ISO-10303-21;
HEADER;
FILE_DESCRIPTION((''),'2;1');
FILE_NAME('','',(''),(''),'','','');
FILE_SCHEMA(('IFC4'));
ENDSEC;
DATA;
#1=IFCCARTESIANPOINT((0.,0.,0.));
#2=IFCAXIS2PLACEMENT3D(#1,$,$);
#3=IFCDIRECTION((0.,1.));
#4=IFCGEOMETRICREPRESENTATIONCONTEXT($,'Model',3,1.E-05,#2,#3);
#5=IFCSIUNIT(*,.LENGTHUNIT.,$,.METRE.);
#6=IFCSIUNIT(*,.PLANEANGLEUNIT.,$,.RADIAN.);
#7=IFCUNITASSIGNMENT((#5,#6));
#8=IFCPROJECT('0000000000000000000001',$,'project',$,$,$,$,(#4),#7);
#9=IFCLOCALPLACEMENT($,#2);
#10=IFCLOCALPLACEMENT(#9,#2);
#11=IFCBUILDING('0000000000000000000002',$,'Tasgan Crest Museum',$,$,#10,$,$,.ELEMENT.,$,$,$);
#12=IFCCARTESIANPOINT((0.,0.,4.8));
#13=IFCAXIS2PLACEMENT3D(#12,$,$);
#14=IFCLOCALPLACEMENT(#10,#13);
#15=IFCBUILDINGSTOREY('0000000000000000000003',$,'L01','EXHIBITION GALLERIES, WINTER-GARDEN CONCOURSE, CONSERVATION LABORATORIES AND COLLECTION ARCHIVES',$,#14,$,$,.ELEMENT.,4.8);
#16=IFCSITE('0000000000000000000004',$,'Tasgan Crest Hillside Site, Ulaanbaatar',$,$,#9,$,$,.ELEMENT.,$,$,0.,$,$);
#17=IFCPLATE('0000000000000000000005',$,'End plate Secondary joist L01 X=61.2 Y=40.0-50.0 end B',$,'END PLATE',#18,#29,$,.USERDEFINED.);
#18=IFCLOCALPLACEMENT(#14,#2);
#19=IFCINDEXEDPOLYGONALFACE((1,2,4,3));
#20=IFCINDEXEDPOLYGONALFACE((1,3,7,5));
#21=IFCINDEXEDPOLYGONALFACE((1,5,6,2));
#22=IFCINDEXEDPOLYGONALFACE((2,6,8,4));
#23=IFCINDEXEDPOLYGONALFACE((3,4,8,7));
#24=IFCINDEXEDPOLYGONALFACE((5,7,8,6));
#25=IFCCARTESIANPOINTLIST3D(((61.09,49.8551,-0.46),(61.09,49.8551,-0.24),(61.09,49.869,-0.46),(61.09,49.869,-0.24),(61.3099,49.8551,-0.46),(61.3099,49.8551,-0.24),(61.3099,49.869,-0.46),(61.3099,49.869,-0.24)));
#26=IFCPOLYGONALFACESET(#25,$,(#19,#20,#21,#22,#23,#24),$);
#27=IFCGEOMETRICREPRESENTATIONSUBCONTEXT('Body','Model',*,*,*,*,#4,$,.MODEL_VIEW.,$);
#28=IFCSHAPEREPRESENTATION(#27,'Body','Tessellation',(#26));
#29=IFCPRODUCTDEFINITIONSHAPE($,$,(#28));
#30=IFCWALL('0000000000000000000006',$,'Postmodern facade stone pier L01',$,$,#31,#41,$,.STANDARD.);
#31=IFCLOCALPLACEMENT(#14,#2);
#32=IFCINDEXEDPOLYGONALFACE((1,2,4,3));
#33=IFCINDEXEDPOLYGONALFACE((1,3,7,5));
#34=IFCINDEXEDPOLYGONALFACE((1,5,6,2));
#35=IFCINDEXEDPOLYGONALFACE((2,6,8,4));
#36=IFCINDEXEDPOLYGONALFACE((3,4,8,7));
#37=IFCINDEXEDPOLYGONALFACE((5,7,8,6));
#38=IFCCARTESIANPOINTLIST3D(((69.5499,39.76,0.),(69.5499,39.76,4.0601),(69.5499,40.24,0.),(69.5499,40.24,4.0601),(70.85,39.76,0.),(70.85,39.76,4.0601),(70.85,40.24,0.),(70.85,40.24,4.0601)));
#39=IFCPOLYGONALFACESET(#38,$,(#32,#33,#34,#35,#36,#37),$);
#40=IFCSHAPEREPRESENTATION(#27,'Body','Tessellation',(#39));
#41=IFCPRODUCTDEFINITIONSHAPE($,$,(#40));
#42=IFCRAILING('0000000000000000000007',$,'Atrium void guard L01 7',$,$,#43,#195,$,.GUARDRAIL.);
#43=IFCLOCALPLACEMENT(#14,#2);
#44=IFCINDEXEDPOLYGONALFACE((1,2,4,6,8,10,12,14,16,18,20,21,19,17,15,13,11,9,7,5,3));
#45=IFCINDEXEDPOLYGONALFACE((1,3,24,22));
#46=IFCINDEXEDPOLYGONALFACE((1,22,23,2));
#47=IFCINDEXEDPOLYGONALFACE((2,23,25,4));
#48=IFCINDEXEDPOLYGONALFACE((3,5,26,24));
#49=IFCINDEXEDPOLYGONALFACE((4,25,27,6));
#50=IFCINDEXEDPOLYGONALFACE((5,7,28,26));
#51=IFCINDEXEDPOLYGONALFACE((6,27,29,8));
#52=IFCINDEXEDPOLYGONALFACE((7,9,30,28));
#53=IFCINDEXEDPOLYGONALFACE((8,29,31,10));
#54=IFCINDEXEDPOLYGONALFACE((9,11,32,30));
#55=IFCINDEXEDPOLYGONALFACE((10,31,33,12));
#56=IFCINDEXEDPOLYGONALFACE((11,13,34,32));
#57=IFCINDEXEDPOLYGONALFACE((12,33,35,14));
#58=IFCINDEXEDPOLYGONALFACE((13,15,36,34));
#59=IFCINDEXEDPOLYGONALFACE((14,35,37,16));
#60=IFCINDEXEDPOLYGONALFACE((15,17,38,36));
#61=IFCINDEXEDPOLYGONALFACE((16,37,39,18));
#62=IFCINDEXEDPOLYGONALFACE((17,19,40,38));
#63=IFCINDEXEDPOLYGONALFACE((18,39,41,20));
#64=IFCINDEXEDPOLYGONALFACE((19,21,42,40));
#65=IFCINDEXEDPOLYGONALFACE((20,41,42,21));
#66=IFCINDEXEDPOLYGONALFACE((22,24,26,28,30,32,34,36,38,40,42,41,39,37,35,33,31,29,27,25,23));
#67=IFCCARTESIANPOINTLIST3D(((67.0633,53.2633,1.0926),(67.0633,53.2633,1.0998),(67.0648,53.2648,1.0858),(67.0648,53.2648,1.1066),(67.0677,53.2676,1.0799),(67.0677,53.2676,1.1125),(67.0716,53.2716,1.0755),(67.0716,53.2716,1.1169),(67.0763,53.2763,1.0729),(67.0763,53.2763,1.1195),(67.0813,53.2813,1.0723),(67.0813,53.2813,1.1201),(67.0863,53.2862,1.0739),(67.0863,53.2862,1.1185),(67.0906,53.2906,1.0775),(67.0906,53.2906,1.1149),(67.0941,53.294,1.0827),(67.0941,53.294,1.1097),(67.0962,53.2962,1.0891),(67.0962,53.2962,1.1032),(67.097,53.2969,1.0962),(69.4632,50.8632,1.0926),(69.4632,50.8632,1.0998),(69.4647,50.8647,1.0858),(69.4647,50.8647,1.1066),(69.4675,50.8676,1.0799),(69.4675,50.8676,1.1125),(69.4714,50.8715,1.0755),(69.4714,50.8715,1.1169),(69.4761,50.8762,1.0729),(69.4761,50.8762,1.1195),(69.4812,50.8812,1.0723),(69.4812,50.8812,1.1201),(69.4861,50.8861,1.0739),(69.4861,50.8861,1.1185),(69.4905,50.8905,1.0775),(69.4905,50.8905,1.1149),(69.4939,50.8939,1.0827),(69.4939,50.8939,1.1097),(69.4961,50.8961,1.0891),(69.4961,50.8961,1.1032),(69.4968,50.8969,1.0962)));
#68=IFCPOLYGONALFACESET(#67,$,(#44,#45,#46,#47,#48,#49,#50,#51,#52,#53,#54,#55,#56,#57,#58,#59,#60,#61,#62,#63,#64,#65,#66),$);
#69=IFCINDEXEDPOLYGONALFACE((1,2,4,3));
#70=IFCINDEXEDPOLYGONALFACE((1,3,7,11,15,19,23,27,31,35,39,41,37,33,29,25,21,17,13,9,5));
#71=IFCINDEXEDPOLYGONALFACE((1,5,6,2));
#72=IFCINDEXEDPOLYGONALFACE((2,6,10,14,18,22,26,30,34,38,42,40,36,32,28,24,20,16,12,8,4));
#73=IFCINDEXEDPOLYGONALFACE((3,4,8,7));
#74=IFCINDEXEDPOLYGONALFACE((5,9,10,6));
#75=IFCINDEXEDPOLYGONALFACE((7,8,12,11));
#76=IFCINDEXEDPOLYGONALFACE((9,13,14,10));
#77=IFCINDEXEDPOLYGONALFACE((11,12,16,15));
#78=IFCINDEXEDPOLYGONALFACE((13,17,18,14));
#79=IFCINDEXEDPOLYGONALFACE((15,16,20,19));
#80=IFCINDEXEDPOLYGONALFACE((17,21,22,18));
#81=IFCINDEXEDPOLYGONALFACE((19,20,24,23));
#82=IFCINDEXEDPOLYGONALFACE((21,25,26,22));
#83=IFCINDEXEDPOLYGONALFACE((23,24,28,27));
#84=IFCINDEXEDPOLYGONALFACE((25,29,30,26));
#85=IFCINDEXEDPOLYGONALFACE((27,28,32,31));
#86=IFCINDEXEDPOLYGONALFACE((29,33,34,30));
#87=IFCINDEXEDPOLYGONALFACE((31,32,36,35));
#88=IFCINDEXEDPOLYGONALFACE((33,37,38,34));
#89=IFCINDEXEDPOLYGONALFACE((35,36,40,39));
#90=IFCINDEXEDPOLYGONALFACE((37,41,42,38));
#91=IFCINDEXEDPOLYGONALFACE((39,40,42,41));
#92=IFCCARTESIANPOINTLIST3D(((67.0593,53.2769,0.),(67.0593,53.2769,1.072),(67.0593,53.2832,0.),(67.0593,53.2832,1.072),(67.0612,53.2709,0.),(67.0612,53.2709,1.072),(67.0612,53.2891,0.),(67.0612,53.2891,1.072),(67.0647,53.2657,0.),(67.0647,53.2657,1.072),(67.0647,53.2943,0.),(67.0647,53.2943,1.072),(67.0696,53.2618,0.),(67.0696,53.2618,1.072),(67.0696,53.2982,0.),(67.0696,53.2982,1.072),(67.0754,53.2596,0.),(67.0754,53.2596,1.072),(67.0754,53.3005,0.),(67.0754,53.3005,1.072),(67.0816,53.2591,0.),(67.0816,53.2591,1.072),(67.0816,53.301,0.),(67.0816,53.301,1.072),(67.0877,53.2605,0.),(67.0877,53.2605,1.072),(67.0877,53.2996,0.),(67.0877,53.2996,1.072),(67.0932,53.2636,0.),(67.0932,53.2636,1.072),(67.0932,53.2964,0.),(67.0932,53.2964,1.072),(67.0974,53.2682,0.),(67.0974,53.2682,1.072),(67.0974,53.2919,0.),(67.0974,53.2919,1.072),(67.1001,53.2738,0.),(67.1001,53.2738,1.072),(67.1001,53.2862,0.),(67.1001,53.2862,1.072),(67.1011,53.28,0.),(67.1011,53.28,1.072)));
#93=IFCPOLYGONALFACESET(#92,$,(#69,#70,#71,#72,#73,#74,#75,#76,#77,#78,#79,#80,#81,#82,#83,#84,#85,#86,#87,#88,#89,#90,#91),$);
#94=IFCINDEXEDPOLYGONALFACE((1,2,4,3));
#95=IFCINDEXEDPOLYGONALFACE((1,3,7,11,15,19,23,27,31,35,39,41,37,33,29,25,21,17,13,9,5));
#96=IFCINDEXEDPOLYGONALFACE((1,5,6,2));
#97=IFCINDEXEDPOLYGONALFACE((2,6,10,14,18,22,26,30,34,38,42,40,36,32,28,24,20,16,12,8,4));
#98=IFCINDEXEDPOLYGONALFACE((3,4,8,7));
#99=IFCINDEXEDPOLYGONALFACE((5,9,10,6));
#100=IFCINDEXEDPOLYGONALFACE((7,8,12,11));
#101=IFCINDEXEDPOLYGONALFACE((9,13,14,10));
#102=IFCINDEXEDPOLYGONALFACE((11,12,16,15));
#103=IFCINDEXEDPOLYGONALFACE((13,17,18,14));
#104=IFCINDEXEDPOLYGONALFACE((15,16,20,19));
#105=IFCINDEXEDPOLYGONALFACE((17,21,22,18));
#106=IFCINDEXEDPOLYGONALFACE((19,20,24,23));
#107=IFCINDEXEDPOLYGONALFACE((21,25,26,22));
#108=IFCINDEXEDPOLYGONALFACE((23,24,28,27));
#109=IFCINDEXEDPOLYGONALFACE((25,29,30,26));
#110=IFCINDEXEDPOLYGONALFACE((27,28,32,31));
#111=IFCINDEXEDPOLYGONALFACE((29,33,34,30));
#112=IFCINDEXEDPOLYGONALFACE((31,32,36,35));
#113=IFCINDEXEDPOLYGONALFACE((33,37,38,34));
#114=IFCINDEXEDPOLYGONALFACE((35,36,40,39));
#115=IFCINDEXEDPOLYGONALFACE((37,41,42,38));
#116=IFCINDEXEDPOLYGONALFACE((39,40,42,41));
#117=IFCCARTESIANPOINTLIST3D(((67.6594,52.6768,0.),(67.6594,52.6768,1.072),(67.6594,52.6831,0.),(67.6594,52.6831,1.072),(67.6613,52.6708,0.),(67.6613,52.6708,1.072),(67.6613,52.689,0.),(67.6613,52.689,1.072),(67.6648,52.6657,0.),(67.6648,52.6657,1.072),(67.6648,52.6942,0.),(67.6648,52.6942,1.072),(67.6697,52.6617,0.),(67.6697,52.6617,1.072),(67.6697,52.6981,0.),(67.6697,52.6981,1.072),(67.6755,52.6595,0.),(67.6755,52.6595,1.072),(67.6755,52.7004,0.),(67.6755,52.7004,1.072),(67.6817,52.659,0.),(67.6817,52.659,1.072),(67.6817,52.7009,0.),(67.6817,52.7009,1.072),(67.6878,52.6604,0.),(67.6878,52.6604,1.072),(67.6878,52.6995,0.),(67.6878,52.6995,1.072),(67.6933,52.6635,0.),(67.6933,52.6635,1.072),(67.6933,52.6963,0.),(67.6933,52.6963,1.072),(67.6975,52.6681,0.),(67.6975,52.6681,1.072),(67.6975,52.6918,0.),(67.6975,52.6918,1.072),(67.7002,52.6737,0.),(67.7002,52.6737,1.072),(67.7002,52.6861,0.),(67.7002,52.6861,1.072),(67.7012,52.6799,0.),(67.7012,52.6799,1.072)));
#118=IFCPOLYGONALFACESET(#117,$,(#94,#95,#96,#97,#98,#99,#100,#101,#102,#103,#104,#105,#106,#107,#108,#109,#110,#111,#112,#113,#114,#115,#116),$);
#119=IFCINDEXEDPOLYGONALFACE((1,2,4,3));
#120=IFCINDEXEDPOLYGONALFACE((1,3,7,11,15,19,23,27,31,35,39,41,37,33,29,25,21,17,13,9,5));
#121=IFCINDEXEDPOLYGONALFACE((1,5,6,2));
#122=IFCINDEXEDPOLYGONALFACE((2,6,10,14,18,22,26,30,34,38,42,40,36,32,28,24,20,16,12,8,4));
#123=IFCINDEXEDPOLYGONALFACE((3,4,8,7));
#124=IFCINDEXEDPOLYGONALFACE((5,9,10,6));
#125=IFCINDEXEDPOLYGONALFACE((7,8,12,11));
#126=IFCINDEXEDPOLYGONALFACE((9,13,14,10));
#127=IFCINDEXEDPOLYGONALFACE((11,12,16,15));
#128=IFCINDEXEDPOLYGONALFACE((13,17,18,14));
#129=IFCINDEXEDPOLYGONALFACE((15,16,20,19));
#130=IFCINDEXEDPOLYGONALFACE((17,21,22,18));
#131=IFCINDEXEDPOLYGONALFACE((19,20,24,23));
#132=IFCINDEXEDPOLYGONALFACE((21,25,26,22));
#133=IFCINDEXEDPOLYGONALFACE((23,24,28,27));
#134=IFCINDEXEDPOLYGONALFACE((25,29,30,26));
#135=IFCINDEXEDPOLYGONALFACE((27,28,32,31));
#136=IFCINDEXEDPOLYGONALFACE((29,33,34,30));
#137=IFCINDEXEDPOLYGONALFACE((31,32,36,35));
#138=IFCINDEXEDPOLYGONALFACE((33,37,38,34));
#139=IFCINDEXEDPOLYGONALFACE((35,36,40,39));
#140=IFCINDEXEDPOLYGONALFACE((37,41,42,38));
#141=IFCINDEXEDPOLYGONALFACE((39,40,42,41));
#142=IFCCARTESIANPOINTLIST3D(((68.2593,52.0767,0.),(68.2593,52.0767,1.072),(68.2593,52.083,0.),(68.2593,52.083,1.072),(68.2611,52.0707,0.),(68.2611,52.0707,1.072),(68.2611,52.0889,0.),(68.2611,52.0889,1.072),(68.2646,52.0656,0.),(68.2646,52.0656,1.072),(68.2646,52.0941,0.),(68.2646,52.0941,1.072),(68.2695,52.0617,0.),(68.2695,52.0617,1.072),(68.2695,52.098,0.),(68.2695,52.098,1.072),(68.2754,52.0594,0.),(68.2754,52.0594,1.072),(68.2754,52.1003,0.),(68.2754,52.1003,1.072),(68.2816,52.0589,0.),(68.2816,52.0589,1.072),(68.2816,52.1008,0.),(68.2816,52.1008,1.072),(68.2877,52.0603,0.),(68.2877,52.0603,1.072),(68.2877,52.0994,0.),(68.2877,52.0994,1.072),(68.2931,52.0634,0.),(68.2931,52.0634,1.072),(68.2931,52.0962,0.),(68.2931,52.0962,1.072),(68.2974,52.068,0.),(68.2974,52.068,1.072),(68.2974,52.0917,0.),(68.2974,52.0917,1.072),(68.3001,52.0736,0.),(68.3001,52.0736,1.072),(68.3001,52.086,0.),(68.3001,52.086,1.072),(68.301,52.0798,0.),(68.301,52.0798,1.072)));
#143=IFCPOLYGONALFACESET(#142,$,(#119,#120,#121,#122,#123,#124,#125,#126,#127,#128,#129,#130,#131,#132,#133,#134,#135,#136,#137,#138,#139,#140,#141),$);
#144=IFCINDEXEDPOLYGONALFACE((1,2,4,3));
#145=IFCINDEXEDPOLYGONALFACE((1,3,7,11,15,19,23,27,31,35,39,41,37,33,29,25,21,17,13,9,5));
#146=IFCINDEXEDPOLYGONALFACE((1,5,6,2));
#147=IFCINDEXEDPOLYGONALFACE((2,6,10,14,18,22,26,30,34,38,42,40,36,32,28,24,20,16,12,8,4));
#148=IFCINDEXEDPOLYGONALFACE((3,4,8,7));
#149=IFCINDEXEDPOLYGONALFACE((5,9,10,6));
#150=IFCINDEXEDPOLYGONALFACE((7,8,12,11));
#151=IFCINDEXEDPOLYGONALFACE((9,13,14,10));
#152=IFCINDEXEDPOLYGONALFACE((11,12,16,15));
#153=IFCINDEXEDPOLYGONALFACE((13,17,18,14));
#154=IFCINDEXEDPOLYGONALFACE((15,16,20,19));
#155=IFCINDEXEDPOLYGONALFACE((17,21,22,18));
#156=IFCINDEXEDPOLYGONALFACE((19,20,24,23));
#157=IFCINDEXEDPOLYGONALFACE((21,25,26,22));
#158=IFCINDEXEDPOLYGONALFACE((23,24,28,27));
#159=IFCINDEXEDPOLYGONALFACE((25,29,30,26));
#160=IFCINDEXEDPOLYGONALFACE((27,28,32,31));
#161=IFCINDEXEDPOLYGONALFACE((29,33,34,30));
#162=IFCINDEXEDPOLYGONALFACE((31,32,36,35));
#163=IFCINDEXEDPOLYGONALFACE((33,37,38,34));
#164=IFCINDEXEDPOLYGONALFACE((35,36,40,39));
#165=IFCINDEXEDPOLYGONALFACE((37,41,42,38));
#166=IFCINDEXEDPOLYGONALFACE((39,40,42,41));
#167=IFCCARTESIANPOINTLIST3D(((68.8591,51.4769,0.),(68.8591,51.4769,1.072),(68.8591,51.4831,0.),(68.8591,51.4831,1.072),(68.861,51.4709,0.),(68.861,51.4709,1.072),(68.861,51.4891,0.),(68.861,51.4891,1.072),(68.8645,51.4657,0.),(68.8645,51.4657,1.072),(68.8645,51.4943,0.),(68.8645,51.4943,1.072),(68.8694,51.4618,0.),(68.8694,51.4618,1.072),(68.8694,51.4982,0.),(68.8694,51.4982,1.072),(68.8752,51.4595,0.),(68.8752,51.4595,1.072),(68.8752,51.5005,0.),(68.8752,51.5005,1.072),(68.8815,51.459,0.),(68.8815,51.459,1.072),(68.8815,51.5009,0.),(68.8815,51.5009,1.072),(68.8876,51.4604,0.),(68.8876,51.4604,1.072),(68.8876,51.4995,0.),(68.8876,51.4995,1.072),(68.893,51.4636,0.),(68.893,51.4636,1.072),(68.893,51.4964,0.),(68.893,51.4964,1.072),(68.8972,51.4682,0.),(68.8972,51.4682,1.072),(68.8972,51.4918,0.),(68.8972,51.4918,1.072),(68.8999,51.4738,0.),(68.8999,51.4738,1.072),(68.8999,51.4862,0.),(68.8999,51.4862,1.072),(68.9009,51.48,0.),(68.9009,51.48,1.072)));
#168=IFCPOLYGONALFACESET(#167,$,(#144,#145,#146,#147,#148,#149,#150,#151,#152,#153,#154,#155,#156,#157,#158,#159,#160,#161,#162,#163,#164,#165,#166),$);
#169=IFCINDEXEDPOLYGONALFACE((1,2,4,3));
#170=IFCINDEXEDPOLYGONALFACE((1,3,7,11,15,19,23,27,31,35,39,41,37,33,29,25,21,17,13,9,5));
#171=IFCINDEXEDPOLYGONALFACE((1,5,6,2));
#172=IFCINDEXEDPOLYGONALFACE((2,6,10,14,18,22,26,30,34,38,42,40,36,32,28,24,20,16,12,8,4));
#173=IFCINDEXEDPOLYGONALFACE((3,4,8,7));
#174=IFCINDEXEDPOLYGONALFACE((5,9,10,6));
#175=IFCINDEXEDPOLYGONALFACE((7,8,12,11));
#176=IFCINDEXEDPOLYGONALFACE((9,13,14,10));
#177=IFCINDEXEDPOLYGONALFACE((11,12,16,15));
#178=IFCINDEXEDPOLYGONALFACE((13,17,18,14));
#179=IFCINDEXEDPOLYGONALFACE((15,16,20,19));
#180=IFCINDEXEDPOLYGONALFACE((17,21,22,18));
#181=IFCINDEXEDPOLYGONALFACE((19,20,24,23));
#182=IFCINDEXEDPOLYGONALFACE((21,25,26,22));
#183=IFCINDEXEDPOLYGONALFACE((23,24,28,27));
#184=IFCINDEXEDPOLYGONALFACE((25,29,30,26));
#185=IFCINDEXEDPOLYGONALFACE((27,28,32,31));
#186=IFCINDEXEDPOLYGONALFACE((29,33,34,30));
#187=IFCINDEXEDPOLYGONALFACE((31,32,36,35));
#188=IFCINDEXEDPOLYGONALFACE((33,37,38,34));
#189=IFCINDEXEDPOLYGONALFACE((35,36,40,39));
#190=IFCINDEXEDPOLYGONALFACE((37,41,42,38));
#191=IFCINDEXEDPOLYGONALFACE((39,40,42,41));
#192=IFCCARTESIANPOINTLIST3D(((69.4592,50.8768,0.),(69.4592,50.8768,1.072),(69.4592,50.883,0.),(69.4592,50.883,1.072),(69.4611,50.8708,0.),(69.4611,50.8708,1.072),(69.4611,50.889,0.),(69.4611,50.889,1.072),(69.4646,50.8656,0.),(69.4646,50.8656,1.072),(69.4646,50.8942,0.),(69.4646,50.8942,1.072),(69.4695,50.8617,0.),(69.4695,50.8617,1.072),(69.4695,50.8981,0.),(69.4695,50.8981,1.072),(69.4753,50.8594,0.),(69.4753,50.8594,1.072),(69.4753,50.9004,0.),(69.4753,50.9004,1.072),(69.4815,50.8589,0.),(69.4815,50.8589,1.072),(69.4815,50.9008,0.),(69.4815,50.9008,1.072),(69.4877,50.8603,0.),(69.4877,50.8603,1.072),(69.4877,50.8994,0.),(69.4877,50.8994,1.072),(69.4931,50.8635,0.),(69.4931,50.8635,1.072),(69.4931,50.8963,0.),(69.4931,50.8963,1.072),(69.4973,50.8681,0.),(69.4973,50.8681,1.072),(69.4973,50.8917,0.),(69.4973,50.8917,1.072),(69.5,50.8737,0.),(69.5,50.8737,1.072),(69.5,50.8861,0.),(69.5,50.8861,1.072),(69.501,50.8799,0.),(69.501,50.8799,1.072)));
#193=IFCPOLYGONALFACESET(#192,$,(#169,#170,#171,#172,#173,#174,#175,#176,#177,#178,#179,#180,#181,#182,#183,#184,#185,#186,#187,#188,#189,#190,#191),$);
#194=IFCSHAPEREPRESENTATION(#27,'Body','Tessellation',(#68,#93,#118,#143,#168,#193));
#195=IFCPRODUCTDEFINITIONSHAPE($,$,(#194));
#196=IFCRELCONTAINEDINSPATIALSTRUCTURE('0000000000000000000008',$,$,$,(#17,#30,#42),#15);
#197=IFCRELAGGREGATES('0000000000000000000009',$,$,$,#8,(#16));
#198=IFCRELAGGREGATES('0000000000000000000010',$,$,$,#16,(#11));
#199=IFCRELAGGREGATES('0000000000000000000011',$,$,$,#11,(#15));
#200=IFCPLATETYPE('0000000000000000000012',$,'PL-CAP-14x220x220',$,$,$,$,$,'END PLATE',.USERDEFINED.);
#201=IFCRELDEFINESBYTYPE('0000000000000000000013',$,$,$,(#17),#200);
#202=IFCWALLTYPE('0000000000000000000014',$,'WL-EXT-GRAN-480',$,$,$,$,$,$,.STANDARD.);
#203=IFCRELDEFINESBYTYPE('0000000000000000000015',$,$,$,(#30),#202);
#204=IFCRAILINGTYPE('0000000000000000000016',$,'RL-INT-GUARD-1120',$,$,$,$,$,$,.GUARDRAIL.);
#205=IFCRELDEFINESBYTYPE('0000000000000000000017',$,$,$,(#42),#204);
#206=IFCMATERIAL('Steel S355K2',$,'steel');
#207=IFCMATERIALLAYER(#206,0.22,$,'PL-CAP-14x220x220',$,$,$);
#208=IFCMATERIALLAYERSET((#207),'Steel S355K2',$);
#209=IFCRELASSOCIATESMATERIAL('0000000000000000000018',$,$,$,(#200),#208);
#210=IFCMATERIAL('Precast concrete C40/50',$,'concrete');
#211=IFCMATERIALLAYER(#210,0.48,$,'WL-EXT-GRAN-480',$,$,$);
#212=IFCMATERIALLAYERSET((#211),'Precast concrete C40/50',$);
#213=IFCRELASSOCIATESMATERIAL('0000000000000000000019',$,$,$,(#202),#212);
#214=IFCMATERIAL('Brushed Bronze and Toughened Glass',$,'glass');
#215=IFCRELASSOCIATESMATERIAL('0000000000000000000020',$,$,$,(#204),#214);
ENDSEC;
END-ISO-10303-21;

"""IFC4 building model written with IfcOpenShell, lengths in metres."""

from ifc_helpers import new_model, si_unit, direction, frame, frame_2d, origin, origin_2d, place, context, subcontext, project, spatial, rectangle, circle, extrude, material, layer, layer_set, type_object, element, save


model = new_model("IFC4")

# Units and contexts
model_context = context("Model", 3, precision=1e-05, world=origin(), true_north=direction((0.0, 1.0)))
body_context = subcontext(model_context, "Body", "Model", "MODEL_VIEW")
ifc_project = project(units=[si_unit("LENGTHUNIT", "METRE"), si_unit("PLANEANGLEUNIT", "RADIAN")], contexts=[model_context])

# Site, building, storey
site_placement = place(None, origin())
site = spatial("IfcSite", under=ifc_project, at=site_placement, Name="Tasgan Crest Hillside Site, Ulaanbaatar", CompositionType="ELEMENT", RefElevation=0.0)
building_placement = place(site_placement, origin())
building = spatial("IfcBuilding", under=site, at=building_placement, Name="Tasgan Crest Museum", CompositionType="ELEMENT")
storey_placement = place(building_placement, frame((0.0, 0.0, 4.8)))
storey = spatial("IfcBuildingStorey", under=building, at=storey_placement, Name="L01", Description="EXHIBITION GALLERIES, WINTER-GARDEN CONCOURSE, CONSERVATION LABORATORIES AND COLLECTION ARCHIVES", CompositionType="ELEMENT", Elevation=4.8)

# Plate
ifc_material_1 = material(Name="Steel S355K2", Category="steel")
ifc_layer_1 = layer(ifc_material_1, 0.22, Name="PL-CAP-14x220x220")
ifc_layer_set_1 = layer_set([ifc_layer_1], Name="Steel S355K2")
plate_type_1 = type_object("IfcPlateType", Name="PL-CAP-14x220x220", ElementType="END PLATE", PredefinedType="USERDEFINED", material=ifc_layer_set_1)
plate_1_placement = place(storey_placement, frame((61.2, 49.8621, -0.46), z_axis=(0.0, 0.0, 1.0), x_axis=(0.0, 1.0, 0.0)))
element("IfcPlate", 1, at=plate_1_placement, inside=storey, type_object=plate_type_1, Name="End plate Secondary joist L01 X=61.2 Y=40.0-50.0 end B", ObjectType="END PLATE", PredefinedType="USERDEFINED", context=body_context, shape_type="SweptSolid", body=[
    extrude(rectangle(XDim=0.0139, YDim=0.22, at=origin_2d()), origin(), (0.0, 0.0, 1.0), 0.22),
])

# Wall
ifc_material_2 = material(Name="Precast concrete C40/50", Category="concrete")
ifc_layer_2 = layer(ifc_material_2, 0.48, Name="WL-EXT-GRAN-480")
ifc_layer_set_2 = layer_set([ifc_layer_2], Name="Precast concrete C40/50")
wall_type = type_object("IfcWallType", Name="WL-EXT-GRAN-480", PredefinedType="STANDARD", material=ifc_layer_set_2)
wall_placement = place(storey_placement, frame((69.55, 40.0, 0.0), z_axis=(0.0, 0.0, 1.0), x_axis=(1.0, 0.0, 0.0)))
element("IfcWall", 2, at=wall_placement, inside=storey, type_object=wall_type, Name="Postmodern facade stone pier L01", PredefinedType="STANDARD", context=body_context, shape_type="SweptSolid", body=[
    extrude(rectangle(XDim=1.3, YDim=0.48, at=frame_2d((0.6499, 0.0))), origin(), (0.0, 0.0, 1.0), 4.0601),
])

# Railing
ifc_material_3 = material(Name="Brushed Bronze and Toughened Glass", Category="glass")
railing_type = type_object("IfcRailingType", Name="RL-INT-GUARD-1120", PredefinedType="GUARDRAIL", material=ifc_material_3)
railing_1_placement = place(storey_placement, frame((67.0801, 53.28, 0.0)))
element("IfcRailing", 3, at=railing_1_placement, inside=storey, type_object=railing_type, Name="Atrium void guard L01 7", PredefinedType="GUARDRAIL", context=body_context, shape_type="SweptSolid", body=[
    extrude(circle(Radius=0.0239, at=origin_2d()), frame((0.0, 0.0, 1.0962), z_axis=(0.707071, -0.707143, 0.0), x_axis=(0.707143, 0.707071, 0.0)), (0.0, 0.0, 1.0), 3.394),
    extrude(circle(Radius=0.021, at=origin_2d()), origin(), (0.0, 0.0, 1.0), 1.072),
    extrude(circle(Radius=0.021, at=origin_2d()), frame((0.6001, -0.6001, 0.0)), (0.0, 0.0, 1.0), 1.072),
    extrude(circle(Radius=0.021, at=origin_2d()), frame((1.2, -1.2002, 0.0)), (0.0, 0.0, 1.0), 1.072),
    extrude(circle(Radius=0.021, at=origin_2d()), frame((1.7998, -1.8, 0.0)), (0.0, 0.0, 1.0), 1.072),
    extrude(circle(Radius=0.021, at=origin_2d()), frame((2.3999, -2.4001, 0.0)), (0.0, 0.0, 1.0), 1.072),
])

save(model, "model.ifc")
